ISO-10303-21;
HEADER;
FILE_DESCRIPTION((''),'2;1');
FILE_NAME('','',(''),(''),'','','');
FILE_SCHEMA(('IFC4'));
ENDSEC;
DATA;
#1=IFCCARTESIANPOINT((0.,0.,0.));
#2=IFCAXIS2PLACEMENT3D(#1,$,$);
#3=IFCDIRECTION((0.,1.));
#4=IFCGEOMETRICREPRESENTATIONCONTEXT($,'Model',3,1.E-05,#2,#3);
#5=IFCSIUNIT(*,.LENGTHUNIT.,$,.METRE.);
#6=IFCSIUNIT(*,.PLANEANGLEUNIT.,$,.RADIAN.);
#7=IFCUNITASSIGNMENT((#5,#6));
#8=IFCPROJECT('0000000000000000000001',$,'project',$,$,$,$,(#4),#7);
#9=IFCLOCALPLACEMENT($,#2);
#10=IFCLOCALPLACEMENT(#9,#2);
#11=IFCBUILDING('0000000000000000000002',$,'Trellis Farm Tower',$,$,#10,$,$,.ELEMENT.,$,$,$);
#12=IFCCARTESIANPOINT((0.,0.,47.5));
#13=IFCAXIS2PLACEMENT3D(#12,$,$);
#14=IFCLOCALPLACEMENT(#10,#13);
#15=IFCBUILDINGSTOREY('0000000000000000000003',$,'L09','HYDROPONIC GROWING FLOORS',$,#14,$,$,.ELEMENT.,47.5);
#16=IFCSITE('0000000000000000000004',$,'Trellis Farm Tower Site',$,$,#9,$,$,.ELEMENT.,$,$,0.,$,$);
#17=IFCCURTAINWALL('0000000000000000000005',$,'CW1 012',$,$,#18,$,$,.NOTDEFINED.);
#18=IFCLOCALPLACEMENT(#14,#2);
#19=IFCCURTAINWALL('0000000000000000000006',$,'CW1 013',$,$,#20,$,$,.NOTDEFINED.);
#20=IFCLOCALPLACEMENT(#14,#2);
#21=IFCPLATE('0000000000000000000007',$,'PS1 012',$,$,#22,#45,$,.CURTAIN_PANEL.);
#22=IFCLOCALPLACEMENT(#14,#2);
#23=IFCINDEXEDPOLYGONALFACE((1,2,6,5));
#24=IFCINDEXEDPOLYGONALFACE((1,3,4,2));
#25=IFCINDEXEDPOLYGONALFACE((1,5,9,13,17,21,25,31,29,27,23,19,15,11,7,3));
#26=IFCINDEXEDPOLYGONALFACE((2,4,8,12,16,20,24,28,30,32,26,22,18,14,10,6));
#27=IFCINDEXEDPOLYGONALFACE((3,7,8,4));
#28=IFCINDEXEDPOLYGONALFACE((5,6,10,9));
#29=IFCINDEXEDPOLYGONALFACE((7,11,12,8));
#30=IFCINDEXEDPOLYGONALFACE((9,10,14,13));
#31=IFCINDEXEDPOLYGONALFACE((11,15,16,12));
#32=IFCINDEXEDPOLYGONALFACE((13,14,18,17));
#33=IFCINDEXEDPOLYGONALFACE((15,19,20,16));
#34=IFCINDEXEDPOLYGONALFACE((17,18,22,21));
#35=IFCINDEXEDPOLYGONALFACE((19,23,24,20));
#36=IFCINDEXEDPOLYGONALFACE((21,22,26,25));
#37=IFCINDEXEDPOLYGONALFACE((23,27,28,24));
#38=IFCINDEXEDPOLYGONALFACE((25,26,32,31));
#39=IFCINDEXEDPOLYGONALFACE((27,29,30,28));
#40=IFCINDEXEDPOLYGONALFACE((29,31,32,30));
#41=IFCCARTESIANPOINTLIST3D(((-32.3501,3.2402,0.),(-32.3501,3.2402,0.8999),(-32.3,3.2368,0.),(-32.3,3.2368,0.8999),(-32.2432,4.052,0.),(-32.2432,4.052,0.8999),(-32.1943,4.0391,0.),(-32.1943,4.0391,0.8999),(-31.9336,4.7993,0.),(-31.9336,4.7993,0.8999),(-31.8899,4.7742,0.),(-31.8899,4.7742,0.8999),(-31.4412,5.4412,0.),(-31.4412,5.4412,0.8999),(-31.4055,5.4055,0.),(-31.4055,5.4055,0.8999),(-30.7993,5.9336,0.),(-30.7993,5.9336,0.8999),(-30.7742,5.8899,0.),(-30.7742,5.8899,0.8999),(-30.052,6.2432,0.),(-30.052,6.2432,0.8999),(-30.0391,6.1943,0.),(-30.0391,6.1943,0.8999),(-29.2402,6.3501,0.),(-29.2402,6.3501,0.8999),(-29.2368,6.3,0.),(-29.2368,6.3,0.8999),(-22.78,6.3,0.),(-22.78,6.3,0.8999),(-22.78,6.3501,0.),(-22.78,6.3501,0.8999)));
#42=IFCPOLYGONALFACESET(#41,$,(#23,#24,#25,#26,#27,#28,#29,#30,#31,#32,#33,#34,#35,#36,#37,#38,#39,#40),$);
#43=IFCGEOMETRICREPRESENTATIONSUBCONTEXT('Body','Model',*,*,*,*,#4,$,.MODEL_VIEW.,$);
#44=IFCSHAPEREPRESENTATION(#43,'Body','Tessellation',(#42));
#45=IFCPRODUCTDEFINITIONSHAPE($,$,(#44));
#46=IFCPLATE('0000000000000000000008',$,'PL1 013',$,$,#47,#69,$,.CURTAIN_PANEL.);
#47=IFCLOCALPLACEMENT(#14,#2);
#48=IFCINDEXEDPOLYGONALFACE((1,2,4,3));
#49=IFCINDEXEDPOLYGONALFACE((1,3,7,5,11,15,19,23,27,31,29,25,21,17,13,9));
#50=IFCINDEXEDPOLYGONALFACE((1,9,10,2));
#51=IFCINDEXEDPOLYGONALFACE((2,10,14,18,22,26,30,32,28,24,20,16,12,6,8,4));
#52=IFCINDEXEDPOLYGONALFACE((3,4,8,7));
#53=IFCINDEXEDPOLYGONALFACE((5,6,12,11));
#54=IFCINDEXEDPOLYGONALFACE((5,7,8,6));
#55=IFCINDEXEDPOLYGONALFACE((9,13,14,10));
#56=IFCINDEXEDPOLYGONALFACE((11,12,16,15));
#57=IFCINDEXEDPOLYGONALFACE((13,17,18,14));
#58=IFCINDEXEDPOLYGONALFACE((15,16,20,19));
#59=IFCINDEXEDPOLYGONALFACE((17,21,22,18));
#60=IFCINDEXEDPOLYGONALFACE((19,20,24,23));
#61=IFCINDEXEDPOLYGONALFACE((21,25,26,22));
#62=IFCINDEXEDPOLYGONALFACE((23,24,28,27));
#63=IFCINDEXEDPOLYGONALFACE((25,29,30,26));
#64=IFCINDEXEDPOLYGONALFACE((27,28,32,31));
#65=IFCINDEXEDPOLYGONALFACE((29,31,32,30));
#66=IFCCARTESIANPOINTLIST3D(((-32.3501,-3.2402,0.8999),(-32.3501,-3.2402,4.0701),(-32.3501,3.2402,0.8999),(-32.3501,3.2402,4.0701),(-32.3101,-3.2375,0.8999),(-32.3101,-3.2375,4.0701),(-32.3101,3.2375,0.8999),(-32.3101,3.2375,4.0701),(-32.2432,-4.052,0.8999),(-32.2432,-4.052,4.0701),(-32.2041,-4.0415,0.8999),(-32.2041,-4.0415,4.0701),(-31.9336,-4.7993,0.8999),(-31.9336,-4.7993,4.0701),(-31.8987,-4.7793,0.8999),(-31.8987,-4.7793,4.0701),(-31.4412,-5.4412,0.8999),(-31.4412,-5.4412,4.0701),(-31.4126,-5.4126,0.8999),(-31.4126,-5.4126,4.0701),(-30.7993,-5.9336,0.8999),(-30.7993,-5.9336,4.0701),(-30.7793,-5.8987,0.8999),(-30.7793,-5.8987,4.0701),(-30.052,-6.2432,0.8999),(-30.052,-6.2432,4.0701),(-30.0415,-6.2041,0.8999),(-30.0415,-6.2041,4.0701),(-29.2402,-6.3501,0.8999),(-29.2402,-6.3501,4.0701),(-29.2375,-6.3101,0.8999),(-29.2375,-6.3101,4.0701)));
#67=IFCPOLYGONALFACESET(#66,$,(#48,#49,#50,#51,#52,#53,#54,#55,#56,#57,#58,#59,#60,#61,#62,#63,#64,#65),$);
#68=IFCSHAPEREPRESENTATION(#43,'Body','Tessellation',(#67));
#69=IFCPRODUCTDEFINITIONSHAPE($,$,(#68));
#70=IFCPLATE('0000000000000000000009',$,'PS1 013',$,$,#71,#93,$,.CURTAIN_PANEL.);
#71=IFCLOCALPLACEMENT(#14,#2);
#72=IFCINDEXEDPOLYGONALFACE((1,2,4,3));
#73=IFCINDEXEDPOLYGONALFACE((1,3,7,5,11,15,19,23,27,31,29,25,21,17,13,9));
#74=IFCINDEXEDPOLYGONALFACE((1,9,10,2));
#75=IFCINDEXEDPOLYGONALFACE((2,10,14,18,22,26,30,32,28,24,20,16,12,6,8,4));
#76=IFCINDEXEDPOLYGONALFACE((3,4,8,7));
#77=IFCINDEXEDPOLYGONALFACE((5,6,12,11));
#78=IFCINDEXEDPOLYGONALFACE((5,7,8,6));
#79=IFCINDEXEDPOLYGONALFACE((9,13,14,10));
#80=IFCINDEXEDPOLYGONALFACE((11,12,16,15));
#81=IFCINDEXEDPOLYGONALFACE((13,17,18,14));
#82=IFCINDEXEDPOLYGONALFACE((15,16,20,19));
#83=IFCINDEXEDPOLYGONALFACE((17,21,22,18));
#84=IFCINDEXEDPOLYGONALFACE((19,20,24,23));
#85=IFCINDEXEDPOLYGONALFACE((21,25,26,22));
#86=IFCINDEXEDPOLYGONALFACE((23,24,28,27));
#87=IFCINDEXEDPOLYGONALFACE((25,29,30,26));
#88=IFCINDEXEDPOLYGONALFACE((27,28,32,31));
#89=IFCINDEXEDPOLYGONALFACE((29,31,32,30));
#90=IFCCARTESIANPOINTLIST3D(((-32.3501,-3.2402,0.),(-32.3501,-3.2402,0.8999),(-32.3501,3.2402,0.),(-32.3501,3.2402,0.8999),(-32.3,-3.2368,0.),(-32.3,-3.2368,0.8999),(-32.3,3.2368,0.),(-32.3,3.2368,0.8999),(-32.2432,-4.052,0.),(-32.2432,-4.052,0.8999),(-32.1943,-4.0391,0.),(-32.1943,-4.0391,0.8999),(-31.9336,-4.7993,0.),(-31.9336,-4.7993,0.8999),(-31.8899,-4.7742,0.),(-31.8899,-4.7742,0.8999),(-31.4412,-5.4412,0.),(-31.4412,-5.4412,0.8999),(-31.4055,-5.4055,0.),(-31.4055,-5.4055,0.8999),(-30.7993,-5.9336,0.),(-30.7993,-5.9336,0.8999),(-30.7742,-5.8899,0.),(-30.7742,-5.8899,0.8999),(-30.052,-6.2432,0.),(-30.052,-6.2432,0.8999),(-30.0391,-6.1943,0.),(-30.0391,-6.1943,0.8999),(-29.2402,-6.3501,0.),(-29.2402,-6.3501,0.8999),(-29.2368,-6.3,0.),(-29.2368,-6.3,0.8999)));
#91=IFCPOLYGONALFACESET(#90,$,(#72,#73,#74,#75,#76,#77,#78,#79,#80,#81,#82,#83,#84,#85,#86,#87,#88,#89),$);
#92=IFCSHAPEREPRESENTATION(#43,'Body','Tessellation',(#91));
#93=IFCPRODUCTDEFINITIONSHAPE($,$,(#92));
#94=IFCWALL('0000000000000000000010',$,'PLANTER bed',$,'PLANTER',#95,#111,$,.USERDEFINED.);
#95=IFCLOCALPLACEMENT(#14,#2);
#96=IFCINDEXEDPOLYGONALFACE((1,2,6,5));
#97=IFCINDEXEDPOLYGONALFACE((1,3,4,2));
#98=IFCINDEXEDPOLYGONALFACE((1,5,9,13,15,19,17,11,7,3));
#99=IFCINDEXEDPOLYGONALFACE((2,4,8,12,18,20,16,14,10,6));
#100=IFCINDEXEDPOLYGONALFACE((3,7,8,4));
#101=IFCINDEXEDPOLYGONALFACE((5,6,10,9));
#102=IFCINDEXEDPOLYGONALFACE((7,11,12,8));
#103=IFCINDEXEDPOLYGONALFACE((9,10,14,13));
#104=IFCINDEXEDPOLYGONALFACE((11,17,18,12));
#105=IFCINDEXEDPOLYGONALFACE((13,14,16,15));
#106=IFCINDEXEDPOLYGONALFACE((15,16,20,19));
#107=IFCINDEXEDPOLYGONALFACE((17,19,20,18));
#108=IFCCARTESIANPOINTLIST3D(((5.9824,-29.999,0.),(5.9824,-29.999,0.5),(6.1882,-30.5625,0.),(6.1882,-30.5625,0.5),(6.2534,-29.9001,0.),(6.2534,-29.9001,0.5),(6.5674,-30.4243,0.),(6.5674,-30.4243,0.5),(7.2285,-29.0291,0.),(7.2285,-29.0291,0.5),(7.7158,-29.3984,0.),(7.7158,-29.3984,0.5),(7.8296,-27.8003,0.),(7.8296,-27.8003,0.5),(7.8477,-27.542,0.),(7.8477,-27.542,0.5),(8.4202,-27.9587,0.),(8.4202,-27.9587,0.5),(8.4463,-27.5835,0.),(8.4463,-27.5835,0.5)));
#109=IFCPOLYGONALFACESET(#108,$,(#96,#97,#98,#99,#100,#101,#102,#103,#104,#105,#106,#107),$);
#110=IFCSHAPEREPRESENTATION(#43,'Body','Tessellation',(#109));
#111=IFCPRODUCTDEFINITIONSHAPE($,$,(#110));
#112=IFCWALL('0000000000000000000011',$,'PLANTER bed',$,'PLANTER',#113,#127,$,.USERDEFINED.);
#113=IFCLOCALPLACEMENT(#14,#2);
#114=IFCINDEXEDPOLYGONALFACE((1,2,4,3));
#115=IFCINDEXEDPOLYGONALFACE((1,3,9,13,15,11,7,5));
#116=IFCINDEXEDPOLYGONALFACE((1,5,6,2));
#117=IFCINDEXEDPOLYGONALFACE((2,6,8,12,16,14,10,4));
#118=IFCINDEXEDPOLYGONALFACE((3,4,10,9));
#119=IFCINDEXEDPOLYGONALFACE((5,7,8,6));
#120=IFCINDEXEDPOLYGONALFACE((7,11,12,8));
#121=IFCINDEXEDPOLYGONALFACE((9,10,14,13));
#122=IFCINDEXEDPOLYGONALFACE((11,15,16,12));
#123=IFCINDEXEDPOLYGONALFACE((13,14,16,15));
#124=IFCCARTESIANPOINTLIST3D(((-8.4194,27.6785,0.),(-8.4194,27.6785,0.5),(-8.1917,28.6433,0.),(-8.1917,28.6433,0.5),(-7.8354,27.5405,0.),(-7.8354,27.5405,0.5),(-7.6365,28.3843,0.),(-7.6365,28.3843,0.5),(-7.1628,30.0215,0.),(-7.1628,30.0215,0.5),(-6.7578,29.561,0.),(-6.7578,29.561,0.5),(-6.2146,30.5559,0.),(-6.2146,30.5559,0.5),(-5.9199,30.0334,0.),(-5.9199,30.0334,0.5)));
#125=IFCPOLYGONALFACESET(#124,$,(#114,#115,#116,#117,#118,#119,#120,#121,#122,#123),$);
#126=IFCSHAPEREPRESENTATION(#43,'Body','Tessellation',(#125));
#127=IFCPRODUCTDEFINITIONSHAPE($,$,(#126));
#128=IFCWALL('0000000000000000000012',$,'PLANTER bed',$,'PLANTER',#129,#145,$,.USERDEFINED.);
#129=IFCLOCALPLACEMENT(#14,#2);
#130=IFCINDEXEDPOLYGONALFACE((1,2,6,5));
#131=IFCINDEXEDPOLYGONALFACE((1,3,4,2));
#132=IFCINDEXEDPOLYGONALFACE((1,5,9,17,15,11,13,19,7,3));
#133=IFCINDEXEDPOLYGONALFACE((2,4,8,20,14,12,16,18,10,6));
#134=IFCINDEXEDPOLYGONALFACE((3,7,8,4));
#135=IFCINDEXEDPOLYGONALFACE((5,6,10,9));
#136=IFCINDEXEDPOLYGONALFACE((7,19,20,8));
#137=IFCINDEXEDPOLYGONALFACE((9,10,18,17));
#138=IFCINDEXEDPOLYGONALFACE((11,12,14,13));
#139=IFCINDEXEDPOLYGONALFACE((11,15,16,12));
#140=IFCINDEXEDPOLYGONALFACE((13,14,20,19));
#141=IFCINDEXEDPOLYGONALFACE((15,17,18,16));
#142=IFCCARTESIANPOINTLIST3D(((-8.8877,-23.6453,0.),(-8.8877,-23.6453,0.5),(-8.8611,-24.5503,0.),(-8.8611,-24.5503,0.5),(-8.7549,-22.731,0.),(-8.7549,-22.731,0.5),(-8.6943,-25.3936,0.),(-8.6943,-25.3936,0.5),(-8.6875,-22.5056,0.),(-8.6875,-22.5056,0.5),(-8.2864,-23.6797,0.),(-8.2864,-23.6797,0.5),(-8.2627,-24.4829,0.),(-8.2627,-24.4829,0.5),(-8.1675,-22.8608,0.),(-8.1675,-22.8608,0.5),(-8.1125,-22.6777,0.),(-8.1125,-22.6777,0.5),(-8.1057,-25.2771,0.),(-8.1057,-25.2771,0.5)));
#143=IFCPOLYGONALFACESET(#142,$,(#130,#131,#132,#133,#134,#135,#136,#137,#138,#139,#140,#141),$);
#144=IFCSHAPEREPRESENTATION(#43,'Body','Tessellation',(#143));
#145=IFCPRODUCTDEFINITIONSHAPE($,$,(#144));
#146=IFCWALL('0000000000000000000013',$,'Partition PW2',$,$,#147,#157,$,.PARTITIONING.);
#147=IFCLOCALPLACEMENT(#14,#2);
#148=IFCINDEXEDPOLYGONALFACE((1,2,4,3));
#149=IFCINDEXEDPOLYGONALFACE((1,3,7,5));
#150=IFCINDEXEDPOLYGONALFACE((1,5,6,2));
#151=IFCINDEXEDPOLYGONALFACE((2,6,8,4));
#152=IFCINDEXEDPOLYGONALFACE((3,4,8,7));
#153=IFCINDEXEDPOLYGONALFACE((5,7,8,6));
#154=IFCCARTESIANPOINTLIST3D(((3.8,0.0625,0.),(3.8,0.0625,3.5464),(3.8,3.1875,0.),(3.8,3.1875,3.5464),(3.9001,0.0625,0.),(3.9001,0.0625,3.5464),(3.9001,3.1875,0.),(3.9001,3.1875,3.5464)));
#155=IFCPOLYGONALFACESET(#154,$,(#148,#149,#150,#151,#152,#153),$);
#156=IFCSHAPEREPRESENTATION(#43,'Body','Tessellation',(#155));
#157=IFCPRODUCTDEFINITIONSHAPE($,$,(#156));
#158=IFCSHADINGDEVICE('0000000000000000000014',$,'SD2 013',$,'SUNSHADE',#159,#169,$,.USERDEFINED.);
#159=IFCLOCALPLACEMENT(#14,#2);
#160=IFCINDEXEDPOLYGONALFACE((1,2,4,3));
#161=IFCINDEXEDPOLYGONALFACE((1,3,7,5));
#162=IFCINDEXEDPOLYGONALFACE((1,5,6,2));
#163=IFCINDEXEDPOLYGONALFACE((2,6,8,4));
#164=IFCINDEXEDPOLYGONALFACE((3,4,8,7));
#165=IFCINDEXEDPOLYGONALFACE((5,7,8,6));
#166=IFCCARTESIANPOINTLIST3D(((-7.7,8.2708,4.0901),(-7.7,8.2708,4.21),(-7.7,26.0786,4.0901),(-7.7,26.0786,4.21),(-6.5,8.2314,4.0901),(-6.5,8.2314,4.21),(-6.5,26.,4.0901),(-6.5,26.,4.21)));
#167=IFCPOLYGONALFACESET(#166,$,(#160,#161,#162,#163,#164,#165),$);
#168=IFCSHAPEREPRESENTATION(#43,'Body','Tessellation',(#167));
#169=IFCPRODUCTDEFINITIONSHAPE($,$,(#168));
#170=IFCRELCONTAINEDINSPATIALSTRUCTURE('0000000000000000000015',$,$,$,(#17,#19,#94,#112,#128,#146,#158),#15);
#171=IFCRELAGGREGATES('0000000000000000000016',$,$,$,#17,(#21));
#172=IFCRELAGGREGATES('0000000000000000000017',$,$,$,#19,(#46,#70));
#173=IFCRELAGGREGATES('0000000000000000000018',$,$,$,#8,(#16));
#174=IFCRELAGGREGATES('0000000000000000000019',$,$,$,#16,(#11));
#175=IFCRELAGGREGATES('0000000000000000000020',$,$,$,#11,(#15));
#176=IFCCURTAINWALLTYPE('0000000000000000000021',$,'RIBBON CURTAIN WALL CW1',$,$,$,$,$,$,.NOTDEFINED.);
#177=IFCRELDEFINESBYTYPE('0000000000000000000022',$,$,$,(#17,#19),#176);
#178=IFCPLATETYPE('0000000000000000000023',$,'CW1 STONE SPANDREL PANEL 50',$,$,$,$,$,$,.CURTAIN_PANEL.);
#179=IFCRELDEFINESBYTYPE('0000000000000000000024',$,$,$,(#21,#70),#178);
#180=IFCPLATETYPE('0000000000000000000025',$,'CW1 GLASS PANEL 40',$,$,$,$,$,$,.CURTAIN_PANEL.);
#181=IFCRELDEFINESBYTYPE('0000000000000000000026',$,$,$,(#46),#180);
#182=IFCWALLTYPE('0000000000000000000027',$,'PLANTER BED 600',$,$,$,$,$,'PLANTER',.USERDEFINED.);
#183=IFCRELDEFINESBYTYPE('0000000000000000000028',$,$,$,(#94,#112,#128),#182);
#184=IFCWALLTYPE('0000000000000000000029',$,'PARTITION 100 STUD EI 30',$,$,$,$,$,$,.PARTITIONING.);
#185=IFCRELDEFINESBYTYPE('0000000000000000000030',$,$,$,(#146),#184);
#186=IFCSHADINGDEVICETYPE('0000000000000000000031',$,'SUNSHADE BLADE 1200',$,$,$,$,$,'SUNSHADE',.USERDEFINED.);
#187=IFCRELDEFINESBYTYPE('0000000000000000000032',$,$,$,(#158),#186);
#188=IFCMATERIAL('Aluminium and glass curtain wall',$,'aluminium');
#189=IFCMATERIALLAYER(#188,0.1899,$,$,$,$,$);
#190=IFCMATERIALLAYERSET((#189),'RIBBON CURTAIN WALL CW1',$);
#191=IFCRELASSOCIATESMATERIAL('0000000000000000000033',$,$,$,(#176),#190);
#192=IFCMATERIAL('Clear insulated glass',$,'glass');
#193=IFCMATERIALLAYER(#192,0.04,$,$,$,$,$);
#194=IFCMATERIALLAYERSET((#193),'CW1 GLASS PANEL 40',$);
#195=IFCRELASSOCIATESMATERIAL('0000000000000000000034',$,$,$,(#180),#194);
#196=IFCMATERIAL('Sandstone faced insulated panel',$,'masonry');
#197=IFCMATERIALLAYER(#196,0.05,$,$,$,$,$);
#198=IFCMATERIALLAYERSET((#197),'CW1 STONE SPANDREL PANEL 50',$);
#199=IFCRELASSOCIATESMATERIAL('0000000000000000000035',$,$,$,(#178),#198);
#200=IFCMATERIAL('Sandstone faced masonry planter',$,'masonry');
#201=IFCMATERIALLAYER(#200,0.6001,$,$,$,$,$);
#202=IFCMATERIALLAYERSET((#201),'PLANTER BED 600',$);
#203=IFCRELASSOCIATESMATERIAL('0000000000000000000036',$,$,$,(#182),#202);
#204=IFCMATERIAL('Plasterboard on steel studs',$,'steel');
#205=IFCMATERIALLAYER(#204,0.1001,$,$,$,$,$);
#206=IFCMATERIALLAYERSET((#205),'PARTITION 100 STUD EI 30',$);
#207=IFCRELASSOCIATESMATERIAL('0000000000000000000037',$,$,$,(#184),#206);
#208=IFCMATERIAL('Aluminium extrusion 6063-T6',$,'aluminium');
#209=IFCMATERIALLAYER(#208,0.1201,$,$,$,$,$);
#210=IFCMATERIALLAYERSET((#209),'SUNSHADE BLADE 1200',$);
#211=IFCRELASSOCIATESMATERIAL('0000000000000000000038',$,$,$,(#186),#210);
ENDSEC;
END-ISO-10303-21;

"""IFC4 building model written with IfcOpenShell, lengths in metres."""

from ifc_helpers import new_model, si_unit, direction, frame, frame_2d, origin, place, context, subcontext, project, spatial, polyline, rectangle, outline, extrude, source, transform, mapped, material, layer, layer_set, type_object, element, aggregate, save


model = new_model("IFC4")

# Units and contexts
model_context = context("Model", 3, precision=1e-05, world=origin(), true_north=direction((0.0, 1.0)))
body_context = subcontext(model_context, "Body", "Model", "MODEL_VIEW")
ifc_project = project(units=[si_unit("LENGTHUNIT", "METRE"), si_unit("PLANEANGLEUNIT", "RADIAN")], contexts=[model_context])

# Site, building, storey
site_placement = place(None, origin())
site = spatial("IfcSite", under=ifc_project, at=site_placement, Name="Trellis Farm Tower Site", CompositionType="ELEMENT", RefElevation=0.0)
building_placement = place(site_placement, origin())
building = spatial("IfcBuilding", under=site, at=building_placement, Name="Trellis Farm Tower", CompositionType="ELEMENT")
storey_placement = place(building_placement, frame((0.0, 0.0, 47.5)))
storey = spatial("IfcBuildingStorey", under=building, at=storey_placement, Name="L09", Description="HYDROPONIC GROWING FLOORS", CompositionType="ELEMENT", Elevation=47.5)

# Curtain walls
ifc_material_1 = material(Name="Aluminium and glass curtain wall", Category="aluminium")
ifc_layer_1 = layer(ifc_material_1, 0.1899)
ifc_layer_set_1 = layer_set([ifc_layer_1], Name="RIBBON CURTAIN WALL CW1")
curtain_wall_type_1 = type_object("IfcCurtainWallType", Name="RIBBON CURTAIN WALL CW1", PredefinedType="NOTDEFINED", material=ifc_layer_set_1)
placement_1 = place(storey_placement, origin())
ifc_material_2 = material(Name="Aluminium extrusion 6063-T6", Category="aluminium")
curtain_wall_1 = element("IfcCurtainWall", 1, at=placement_1, inside=storey, type_object=curtain_wall_type_1, Name="CW1 012", PredefinedType="NOTDEFINED")
curtain_wall_2 = element("IfcCurtainWall", 2, at=placement_1, inside=storey, type_object=curtain_wall_type_1, Name="CW1 013", PredefinedType="NOTDEFINED")

# Plates
ifc_material_3 = material(Name="Clear insulated glass", Category="glass")
ifc_layer_2 = layer(ifc_material_3, 0.04)
ifc_layer_set_2 = layer_set([ifc_layer_2], Name="CW1 GLASS PANEL 40")
plate_type_1 = type_object("IfcPlateType", Name="CW1 GLASS PANEL 40", PredefinedType="CURTAIN_PANEL", material=ifc_layer_set_2)
placement_2 = place(storey_placement, frame((0.0, 0.0, 0.8999)))
ifc_material_4 = material(Name="Sandstone faced insulated panel", Category="masonry")
ifc_layer_3 = layer(ifc_material_4, 0.05)
ifc_layer_set_3 = layer_set([ifc_layer_3], Name="CW1 STONE SPANDREL PANEL 50")
plate_type_2 = type_object("IfcPlateType", Name="CW1 STONE SPANDREL PANEL 50", PredefinedType="CURTAIN_PANEL", material=ifc_layer_set_3)
shared_shape_1 = source(origin(), body_context, "Body", "SweptSolid", [
    extrude(outline(polyline([(-22.78, 6.3501), (-29.2402, 6.3501), (-30.052, 6.2432), (-30.7993, 5.9336), (-31.4412, 5.4412), (-31.9336, 4.7993), (-32.2432, 4.052), (-32.3501, 3.2402), (-32.3, 3.2368), (-32.1943, 4.0391), (-31.8899, 4.7742), (-31.4055, 5.4055), (-30.7742, 5.8899), (-30.0391, 6.1943), (-29.2368, 6.3), (-22.78, 6.3), (-22.78, 6.3501)])), origin(), (0.0, 0.0, 1.0), 0.8999),
])
plate_1 = element("IfcPlate", 3, at=placement_1, type_object=plate_type_2, Name="PS1 012", PredefinedType="CURTAIN_PANEL", context=body_context, shape_type="MappedRepresentation", body=[
    mapped(shared_shape_1, transform((0.0, 0.0, 0.0))),
])
aggregate(curtain_wall_1, [plate_1])
shared_shape_2 = source(origin(), body_context, "Body", "SweptSolid", [
    extrude(outline(polyline([(-32.3501, 3.2402), (-32.3501, -3.2402), (-32.2432, -4.052), (-31.9336, -4.7993), (-31.4412, -5.4412), (-30.7993, -5.9336), (-30.052, -6.2432), (-29.2402, -6.3501), (-29.2375, -6.3101), (-30.0415, -6.2041), (-30.7793, -5.8987), (-31.4126, -5.4126), (-31.8987, -4.7793), (-32.2041, -4.0415), (-32.3101, -3.2375), (-32.3101, 3.2375), (-32.3501, 3.2402)])), origin(), (0.0, 0.0, 1.0), 3.1702),
])
plate_2 = element("IfcPlate", 4, at=placement_2, type_object=plate_type_1, Name="PL1 013", PredefinedType="CURTAIN_PANEL", context=body_context, shape_type="MappedRepresentation", body=[
    mapped(shared_shape_2, transform((0.0, 0.0, 0.0))),
])
shared_shape_3 = source(origin(), body_context, "Body", "SweptSolid", [
    extrude(outline(polyline([(-32.3501, 3.2402), (-32.3501, -3.2402), (-32.2432, -4.052), (-31.9336, -4.7993), (-31.4412, -5.4412), (-30.7993, -5.9336), (-30.052, -6.2432), (-29.2402, -6.3501), (-29.2368, -6.3), (-30.0391, -6.1943), (-30.7742, -5.8899), (-31.4055, -5.4055), (-31.8899, -4.7742), (-32.1943, -4.0391), (-32.3, -3.2368), (-32.3, 3.2368), (-32.3501, 3.2402)])), origin(), (0.0, 0.0, 1.0), 0.8999),
])
plate_3 = element("IfcPlate", 5, at=placement_1, type_object=plate_type_2, Name="PS1 013", PredefinedType="CURTAIN_PANEL", context=body_context, shape_type="MappedRepresentation", body=[
    mapped(shared_shape_3, transform((0.0, 0.0, 0.0))),
])
aggregate(curtain_wall_2, [plate_2, plate_3])

# Walls
ifc_material_5 = material(Name="Sandstone faced masonry planter", Category="masonry")
ifc_layer_4 = layer(ifc_material_5, 0.6001)
ifc_layer_set_4 = layer_set([ifc_layer_4], Name="PLANTER BED 600")
wall_type_1 = type_object("IfcWallType", Name="PLANTER BED 600", ElementType="PLANTER", PredefinedType="USERDEFINED", material=ifc_layer_set_4)
element("IfcWall", 6, at=placement_1, inside=storey, type_object=wall_type_1, Name="PLANTER bed", ObjectType="PLANTER", PredefinedType="USERDEFINED", context=body_context, shape_type="SweptSolid", body=[
    extrude(outline(polyline([(8.4202, -27.9587), (7.7158, -29.3984), (6.5674, -30.4243), (6.1882, -30.5625), (5.9824, -29.999), (6.2534, -29.9001), (7.2285, -29.0291), (7.8296, -27.8003), (7.8477, -27.542), (8.4463, -27.5835), (8.4202, -27.9587)])), origin(), (0.0, 0.0, 1.0), 0.5),
])
element("IfcWall", 7, at=placement_1, inside=storey, type_object=wall_type_1, Name="PLANTER bed", ObjectType="PLANTER", PredefinedType="USERDEFINED", context=body_context, shape_type="SweptSolid", body=[
    extrude(outline(polyline([(-7.1628, 30.0215), (-6.2146, 30.5559), (-5.9199, 30.0334), (-6.7578, 29.561), (-7.6365, 28.3843), (-7.8354, 27.5405), (-8.4194, 27.6785), (-8.1917, 28.6433), (-7.1628, 30.0215)])), origin(), (0.0, 0.0, 1.0), 0.5),
])
element("IfcWall", 8, at=placement_1, inside=storey, type_object=wall_type_1, Name="PLANTER bed", ObjectType="PLANTER", PredefinedType="USERDEFINED", context=body_context, shape_type="SweptSolid", body=[
    extrude(outline(polyline([(-8.8877, -23.6453), (-8.7549, -22.731), (-8.6875, -22.5056), (-8.1125, -22.6777), (-8.1675, -22.8608), (-8.2864, -23.6797), (-8.2627, -24.4829), (-8.1057, -25.2771), (-8.6943, -25.3936), (-8.8611, -24.5503), (-8.8877, -23.6453)])), origin(), (0.0, 0.0, 1.0), 0.5),
])
ifc_material_6 = material(Name="Plasterboard on steel studs", Category="steel")
ifc_layer_5 = layer(ifc_material_6, 0.1001)
ifc_layer_set_5 = layer_set([ifc_layer_5], Name="PARTITION 100 STUD EI 30")
wall_type_2 = type_object("IfcWallType", Name="PARTITION 100 STUD EI 30", PredefinedType="PARTITIONING", material=ifc_layer_set_5)
shared_shape_4 = source(origin(), body_context, "Body", "SweptSolid", [
    extrude(rectangle(XDim=3.125, YDim=0.1001, at=frame_2d((1.5625, 0.0))), origin(), (0.0, 0.0, 1.0), 3.5464),
])
wall_1_placement = place(storey_placement, frame((3.8501, 0.0625, 0.0), z_axis=(0.0, 0.0, 1.0), x_axis=(0.0, 1.0, 0.0)))
element("IfcWall", 9, at=wall_1_placement, inside=storey, type_object=wall_type_2, Name="Partition PW2", PredefinedType="PARTITIONING", context=body_context, shape_type="MappedRepresentation", body=[
    mapped(shared_shape_4, transform((0.0, 0.0, 0.0))),
])

# Shading device
ifc_layer_6 = layer(ifc_material_2, 0.1201)
ifc_layer_set_6 = layer_set([ifc_layer_6], Name="SUNSHADE BLADE 1200")
shading_device_type_1 = type_object("IfcShadingDeviceType", Name="SUNSHADE BLADE 1200", ElementType="SUNSHADE", PredefinedType="USERDEFINED", material=ifc_layer_set_6)
shared_shape_5 = source(origin(), body_context, "Body", "SweptSolid", [
    extrude(outline(polyline([(-7.7, 26.0786), (-7.7, 8.2708), (-6.5, 8.2314), (-6.5, 26.0), (-7.7, 26.0786)])), origin(), (0.0, 0.0, 1.0), 0.1199),
])
placement_3 = place(storey_placement, frame((0.0, 0.0, 4.0901)))
element("IfcShadingDevice", 10, at=placement_3, inside=storey, type_object=shading_device_type_1, Name="SD2 013", ObjectType="SUNSHADE", PredefinedType="USERDEFINED", context=body_context, shape_type="MappedRepresentation", body=[
    mapped(shared_shape_5, transform((0.0, 0.0, 0.0))),
])

save(model, "model.ifc")
